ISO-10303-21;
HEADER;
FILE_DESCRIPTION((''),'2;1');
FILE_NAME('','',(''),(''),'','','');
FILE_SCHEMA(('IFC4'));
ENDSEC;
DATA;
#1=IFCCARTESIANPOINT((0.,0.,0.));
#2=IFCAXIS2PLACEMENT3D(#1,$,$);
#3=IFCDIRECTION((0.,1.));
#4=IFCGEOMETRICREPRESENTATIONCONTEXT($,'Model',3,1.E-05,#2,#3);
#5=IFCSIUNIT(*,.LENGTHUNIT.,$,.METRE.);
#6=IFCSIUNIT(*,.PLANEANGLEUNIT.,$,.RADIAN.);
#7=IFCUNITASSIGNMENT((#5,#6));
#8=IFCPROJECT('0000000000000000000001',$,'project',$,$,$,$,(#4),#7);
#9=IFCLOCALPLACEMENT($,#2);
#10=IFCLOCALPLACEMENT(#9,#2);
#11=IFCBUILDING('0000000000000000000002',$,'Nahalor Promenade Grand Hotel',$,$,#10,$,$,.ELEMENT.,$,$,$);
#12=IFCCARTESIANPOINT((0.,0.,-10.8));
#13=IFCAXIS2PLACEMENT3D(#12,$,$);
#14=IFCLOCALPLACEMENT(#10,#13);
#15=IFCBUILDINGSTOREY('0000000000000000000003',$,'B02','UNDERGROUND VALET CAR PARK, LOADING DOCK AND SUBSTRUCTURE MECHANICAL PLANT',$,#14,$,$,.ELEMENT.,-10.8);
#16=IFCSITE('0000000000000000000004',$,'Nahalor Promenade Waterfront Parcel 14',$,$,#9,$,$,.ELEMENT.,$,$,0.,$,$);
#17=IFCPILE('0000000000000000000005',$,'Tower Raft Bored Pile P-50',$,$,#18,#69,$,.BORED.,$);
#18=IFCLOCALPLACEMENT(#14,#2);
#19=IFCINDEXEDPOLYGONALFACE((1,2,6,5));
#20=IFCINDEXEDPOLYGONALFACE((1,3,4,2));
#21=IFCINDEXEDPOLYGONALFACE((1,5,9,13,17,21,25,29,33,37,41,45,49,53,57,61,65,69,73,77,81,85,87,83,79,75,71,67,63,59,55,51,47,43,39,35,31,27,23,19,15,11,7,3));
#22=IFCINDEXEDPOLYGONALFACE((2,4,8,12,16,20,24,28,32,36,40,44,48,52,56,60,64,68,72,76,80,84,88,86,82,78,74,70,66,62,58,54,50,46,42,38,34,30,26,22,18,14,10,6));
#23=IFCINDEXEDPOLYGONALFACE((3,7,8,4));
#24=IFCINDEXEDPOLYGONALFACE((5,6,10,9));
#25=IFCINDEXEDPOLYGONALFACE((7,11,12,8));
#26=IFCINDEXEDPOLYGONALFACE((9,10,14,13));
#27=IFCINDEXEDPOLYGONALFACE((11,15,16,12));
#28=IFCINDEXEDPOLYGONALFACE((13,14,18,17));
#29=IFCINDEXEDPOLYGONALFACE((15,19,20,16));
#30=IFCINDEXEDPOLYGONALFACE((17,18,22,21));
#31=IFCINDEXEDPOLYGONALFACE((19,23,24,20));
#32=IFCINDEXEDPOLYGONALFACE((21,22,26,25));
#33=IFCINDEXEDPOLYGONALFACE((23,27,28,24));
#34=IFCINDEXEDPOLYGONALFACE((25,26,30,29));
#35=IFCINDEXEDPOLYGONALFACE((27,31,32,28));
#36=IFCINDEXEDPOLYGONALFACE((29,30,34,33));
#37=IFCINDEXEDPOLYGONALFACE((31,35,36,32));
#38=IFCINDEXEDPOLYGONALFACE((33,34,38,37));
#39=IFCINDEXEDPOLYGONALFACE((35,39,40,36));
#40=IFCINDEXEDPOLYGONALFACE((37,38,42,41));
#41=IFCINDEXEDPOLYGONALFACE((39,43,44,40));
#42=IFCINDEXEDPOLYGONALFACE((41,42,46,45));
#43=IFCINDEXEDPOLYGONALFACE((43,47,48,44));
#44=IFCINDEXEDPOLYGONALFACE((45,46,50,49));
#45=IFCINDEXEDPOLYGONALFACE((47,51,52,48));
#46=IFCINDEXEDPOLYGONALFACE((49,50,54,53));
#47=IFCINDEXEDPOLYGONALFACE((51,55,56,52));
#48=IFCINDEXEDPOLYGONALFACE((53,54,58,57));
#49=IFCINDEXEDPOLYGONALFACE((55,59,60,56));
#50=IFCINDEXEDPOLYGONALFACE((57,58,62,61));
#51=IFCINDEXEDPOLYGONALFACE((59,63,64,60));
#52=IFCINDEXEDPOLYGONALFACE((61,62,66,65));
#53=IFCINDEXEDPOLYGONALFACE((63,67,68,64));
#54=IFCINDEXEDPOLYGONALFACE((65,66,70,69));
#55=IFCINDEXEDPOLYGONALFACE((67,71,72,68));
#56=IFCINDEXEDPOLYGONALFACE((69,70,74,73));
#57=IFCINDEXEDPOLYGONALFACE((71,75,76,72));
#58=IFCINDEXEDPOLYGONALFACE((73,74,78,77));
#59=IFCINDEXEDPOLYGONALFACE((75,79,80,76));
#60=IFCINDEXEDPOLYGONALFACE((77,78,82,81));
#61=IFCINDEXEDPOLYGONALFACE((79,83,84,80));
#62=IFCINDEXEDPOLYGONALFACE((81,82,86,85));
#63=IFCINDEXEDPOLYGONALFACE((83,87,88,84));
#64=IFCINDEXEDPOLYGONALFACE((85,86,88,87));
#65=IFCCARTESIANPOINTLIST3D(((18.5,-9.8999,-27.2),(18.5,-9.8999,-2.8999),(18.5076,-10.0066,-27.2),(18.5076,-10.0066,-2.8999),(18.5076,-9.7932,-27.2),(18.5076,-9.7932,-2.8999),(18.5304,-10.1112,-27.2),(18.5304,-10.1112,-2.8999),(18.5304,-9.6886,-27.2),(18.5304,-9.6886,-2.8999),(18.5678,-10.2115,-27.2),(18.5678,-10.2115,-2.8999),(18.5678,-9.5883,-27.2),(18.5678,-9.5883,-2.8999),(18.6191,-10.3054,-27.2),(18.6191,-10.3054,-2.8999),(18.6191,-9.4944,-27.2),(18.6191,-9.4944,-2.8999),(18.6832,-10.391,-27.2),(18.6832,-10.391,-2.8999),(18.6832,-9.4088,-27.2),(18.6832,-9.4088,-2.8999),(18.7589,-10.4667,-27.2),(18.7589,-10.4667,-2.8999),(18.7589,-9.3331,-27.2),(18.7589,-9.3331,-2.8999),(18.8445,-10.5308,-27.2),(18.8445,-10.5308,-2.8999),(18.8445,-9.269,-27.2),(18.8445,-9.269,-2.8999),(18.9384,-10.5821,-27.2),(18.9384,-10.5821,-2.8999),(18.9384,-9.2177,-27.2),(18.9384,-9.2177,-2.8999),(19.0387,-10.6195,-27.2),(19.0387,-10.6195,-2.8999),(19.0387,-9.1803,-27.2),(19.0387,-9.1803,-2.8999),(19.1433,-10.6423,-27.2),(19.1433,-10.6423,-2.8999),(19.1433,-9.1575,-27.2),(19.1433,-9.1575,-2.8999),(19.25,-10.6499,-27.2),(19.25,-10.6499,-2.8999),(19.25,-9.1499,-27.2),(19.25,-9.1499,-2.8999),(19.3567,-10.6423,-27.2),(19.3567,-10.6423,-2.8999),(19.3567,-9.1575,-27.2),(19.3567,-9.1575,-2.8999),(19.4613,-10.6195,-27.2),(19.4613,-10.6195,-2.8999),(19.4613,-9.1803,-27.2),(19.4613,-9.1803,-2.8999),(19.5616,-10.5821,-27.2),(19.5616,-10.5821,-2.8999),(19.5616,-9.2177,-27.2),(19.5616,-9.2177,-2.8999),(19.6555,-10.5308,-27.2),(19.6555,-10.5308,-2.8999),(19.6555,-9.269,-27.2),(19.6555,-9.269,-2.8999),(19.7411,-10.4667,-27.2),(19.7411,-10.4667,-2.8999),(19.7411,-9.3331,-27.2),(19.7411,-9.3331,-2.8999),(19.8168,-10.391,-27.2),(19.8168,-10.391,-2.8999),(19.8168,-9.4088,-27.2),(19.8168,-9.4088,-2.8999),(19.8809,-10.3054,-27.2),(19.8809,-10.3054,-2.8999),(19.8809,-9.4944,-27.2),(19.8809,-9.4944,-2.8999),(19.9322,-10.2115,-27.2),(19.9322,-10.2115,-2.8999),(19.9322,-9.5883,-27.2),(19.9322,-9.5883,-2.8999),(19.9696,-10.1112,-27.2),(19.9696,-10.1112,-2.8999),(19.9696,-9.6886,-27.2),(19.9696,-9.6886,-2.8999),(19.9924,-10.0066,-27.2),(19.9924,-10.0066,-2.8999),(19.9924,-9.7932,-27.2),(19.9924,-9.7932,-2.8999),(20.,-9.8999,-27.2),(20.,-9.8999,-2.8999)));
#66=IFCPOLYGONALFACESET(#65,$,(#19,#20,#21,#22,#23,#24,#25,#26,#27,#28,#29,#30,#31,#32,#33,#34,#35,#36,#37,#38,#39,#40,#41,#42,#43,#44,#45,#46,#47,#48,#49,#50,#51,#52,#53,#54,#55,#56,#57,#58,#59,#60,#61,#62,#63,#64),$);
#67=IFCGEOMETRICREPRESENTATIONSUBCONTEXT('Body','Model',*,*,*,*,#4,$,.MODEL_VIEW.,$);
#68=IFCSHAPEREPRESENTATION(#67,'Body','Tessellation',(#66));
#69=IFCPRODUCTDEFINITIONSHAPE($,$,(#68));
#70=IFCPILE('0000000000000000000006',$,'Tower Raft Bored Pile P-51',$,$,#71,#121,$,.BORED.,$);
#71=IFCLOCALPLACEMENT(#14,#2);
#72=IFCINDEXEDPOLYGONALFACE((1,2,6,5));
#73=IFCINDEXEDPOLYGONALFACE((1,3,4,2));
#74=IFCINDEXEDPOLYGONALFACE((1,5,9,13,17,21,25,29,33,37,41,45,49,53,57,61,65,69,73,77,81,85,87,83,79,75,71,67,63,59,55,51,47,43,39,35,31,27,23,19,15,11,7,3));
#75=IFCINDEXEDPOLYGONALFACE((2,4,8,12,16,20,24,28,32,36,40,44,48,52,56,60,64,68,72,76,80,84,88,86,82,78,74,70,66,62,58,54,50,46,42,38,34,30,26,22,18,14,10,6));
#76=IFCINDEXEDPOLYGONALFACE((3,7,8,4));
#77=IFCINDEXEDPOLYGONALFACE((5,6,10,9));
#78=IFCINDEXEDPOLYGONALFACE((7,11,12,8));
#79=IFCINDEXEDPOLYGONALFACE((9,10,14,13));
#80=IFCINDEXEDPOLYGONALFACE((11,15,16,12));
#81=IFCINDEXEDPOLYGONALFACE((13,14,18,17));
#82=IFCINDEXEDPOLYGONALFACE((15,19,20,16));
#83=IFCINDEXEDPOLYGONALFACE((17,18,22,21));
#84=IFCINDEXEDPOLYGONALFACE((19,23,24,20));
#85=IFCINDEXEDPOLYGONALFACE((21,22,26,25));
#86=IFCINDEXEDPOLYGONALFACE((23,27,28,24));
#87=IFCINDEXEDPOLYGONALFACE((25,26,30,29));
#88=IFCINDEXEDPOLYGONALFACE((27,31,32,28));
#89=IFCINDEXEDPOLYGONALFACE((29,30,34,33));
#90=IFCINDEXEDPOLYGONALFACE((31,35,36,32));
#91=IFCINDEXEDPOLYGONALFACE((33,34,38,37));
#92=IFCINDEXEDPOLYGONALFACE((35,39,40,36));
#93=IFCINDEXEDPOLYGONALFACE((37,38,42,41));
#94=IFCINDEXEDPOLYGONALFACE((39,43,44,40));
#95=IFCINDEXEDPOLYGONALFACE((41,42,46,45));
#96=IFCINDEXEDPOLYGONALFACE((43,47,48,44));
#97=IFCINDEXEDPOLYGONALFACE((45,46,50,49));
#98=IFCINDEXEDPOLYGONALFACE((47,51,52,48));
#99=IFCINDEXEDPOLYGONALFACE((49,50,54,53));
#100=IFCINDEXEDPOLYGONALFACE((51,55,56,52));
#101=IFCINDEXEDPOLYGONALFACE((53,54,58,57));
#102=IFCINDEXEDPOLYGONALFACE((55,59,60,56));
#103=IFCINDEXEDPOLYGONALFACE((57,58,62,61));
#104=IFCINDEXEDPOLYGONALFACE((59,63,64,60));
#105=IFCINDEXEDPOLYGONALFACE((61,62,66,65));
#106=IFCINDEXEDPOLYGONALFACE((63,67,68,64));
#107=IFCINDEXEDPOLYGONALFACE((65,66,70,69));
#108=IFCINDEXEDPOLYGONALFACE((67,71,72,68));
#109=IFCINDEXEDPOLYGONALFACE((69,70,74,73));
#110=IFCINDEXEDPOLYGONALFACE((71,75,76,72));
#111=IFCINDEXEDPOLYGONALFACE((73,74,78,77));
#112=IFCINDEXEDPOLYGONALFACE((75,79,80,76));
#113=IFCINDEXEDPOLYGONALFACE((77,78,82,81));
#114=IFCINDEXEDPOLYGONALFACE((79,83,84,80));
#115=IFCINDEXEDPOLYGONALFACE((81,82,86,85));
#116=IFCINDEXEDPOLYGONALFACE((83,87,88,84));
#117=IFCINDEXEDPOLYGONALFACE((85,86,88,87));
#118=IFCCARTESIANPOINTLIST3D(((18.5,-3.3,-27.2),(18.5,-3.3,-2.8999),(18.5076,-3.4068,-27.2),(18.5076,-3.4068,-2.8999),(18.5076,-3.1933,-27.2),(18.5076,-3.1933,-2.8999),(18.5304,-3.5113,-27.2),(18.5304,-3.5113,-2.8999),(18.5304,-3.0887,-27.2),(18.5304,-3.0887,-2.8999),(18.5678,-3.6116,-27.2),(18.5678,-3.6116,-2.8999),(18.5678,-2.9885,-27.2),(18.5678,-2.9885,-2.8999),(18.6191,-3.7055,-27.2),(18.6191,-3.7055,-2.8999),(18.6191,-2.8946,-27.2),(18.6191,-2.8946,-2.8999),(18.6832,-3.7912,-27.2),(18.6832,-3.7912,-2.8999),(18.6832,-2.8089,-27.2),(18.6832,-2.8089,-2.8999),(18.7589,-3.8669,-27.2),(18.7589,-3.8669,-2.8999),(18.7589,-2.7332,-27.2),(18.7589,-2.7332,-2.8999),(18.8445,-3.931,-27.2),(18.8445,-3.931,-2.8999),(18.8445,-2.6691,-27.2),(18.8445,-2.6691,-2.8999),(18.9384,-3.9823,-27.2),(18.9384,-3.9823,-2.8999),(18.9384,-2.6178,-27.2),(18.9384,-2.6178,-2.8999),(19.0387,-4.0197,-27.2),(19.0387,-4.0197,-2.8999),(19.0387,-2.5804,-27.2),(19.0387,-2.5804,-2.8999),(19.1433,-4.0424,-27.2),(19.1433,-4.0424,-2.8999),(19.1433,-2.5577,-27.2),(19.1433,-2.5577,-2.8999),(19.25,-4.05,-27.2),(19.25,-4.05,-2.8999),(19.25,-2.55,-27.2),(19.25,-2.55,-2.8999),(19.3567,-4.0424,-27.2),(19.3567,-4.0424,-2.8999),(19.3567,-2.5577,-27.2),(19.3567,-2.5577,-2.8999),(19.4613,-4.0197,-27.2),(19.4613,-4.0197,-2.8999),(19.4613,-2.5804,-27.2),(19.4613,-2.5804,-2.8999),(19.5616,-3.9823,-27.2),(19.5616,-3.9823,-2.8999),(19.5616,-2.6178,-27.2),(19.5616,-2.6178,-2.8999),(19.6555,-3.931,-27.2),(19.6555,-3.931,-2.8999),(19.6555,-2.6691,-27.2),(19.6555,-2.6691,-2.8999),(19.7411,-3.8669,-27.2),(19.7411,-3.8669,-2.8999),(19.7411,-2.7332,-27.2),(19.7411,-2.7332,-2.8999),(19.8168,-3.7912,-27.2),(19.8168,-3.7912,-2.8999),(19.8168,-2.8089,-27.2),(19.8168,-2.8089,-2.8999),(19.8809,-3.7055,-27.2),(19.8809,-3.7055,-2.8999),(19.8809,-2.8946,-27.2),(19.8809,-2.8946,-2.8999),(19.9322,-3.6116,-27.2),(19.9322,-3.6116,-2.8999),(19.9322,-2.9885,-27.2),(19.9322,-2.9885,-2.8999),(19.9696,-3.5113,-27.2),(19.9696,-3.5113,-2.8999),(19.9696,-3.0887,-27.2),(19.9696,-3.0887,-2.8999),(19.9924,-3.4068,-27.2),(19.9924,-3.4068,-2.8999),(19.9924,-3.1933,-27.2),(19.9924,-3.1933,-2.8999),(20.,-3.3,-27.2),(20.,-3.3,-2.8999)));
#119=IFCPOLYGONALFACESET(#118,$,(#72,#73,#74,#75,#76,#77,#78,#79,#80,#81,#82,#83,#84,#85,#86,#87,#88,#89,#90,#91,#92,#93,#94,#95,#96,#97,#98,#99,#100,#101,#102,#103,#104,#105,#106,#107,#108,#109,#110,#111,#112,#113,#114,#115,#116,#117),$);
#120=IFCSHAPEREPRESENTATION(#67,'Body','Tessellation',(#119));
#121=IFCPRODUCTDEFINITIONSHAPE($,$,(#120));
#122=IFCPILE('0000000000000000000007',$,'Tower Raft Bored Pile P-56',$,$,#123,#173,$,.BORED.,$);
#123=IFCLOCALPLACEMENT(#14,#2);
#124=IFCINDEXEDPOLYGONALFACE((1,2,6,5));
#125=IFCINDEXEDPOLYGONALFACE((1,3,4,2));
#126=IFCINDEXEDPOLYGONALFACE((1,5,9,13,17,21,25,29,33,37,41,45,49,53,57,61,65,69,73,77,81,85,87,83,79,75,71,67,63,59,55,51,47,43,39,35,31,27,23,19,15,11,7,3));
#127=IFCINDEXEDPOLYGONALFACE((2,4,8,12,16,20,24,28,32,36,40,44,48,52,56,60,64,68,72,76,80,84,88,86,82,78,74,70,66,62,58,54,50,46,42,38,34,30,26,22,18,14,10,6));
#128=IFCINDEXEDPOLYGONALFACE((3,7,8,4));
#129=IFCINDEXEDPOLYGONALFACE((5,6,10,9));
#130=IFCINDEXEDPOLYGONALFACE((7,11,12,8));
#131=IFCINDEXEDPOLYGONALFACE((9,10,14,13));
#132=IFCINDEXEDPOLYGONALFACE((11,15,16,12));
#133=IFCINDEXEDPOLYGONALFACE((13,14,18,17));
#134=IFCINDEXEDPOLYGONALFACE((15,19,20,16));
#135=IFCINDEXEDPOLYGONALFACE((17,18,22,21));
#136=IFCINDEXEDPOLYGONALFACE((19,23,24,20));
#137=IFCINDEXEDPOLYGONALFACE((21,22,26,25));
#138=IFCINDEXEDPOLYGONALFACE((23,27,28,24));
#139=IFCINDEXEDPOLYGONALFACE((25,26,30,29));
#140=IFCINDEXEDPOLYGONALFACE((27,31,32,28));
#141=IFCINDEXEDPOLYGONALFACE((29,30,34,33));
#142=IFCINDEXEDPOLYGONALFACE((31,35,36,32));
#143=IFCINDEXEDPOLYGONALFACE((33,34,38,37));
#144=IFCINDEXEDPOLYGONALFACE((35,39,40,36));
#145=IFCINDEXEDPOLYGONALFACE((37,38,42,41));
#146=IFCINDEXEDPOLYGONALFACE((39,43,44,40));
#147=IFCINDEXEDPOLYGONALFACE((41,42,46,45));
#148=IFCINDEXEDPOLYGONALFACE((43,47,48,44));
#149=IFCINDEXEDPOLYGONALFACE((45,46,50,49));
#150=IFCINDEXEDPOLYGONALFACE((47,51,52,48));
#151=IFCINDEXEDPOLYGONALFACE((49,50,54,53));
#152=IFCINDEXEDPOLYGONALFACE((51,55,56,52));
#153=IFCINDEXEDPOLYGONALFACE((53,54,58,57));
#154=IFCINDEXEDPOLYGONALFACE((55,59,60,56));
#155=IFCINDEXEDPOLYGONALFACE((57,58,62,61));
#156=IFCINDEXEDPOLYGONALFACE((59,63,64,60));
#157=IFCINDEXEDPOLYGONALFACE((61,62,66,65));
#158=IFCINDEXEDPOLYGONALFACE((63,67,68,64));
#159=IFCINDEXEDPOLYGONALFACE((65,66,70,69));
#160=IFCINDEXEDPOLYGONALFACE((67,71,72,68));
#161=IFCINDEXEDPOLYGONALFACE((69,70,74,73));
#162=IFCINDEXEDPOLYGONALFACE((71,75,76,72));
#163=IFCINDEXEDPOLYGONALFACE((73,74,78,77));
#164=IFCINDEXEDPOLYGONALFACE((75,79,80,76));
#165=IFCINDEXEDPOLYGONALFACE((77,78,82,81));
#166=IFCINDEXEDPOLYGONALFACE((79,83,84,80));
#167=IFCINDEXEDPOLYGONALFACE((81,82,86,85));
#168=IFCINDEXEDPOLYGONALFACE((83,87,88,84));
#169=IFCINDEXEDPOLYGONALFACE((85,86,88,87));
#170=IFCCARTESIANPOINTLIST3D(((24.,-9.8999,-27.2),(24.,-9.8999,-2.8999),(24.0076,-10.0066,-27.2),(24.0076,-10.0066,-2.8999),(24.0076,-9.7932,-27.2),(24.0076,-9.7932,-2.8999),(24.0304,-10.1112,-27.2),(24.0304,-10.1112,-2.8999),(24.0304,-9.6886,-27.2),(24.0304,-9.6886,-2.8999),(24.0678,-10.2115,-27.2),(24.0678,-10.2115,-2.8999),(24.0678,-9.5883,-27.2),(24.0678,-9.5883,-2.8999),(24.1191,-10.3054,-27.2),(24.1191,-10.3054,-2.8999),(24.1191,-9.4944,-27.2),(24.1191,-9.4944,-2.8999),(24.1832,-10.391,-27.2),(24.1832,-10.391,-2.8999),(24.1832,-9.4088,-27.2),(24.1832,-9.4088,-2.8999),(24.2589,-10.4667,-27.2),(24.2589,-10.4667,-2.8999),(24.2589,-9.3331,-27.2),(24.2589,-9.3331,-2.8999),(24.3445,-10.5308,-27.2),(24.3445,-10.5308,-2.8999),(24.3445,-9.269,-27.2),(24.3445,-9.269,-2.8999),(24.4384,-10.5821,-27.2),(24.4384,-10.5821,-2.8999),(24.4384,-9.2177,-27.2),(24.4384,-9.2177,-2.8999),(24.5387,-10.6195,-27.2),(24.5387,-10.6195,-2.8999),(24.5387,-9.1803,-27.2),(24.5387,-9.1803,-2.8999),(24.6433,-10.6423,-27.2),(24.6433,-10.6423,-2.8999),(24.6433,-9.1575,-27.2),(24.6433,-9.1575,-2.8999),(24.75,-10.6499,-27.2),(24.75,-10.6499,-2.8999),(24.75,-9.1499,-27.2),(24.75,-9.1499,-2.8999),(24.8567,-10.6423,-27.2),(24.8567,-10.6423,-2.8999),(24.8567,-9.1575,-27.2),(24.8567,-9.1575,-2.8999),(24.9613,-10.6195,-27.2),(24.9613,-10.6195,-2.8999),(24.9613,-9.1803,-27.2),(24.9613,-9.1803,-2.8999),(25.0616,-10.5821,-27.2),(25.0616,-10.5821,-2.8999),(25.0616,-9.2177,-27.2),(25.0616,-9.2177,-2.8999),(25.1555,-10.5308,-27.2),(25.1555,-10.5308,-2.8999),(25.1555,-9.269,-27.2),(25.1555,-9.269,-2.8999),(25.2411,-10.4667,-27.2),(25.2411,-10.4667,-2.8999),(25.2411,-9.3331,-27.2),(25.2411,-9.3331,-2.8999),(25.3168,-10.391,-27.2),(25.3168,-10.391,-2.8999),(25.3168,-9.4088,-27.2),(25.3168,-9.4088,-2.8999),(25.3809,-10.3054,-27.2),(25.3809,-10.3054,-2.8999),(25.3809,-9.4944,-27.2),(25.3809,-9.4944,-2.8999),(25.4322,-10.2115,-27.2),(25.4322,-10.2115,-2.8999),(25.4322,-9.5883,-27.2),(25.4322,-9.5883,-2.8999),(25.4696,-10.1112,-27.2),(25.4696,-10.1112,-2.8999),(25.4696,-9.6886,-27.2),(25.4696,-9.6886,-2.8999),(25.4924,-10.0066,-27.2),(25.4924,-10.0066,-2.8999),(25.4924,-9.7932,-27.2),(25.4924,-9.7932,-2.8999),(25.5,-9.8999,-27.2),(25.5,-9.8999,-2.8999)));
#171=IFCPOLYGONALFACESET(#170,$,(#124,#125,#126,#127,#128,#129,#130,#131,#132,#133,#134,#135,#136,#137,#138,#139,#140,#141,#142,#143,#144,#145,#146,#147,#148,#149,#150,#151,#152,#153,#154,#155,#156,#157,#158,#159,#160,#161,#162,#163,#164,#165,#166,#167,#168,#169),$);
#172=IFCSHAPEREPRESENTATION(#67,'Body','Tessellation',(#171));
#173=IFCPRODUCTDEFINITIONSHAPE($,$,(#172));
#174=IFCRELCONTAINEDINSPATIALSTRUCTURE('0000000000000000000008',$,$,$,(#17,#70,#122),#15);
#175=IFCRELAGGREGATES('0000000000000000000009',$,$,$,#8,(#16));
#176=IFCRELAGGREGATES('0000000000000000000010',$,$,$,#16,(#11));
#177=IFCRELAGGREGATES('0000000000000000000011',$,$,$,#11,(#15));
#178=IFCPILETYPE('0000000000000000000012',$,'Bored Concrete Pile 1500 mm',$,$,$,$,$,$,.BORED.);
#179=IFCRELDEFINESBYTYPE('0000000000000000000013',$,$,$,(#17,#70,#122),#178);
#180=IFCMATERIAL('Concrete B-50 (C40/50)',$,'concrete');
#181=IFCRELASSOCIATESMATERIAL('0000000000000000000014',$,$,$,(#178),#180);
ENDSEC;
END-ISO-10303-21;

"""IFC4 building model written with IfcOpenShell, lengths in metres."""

from ifc_helpers import new_model, si_unit, direction, frame, origin, origin_2d, place, context, subcontext, project, spatial, circle, extrude, source, transform, mapped, material, material_profile, profile_set, type_object, element, save


model = new_model("IFC4")

# Units and contexts
model_context = context("Model", 3, precision=1e-05, world=origin(), true_north=direction((0.0, 1.0)))
body_context = subcontext(model_context, "Body", "Model", "MODEL_VIEW")
ifc_project = project(units=[si_unit("LENGTHUNIT", "METRE"), si_unit("PLANEANGLEUNIT", "RADIAN")], contexts=[model_context])

# Site, building, storey
site_placement = place(None, origin())
site = spatial("IfcSite", under=ifc_project, at=site_placement, Name="Nahalor Promenade Waterfront Parcel 14", CompositionType="ELEMENT", RefElevation=0.0)
building_placement = place(site_placement, origin())
building = spatial("IfcBuilding", under=site, at=building_placement, Name="Nahalor Promenade Grand Hotel", CompositionType="ELEMENT")
storey_placement = place(building_placement, frame((0.0, 0.0, -10.8)))
storey = spatial("IfcBuildingStorey", under=building, at=storey_placement, Name="B02", Description="UNDERGROUND VALET CAR PARK, LOADING DOCK AND SUBSTRUCTURE MECHANICAL PLANT", CompositionType="ELEMENT", Elevation=-10.8)

# Piles
ifc_material_1 = material(Name="Concrete B-50 (C40/50)", Category="concrete")
ifc_material_profile_1 = material_profile(ifc_material_1, circle(Radius=0.75, at=origin_2d()), Name="PILE D1500")
ifc_profile_set_1 = profile_set([ifc_material_profile_1], Name="Concrete B-50 (C40/50)")
pile_type_1 = type_object("IfcPileType", Name="Bored Concrete Pile 1500 mm", PredefinedType="BORED", material=ifc_profile_set_1)
shared_shape_1 = source(origin(), body_context, "Body", "SweptSolid", [
    extrude(circle(Radius=0.75, at=origin_2d()), origin(), (0.0, 0.0, 1.0), 24.3),
])
for number, where, z_axis, x_axis, name in (
    (1, (19.25, -9.8999, -2.8999), (0.0, 0.0, -1.0), (1.0, 0.0, 0.0), "Tower Raft Bored Pile P-50"),
    (2, (19.25, -3.3, -2.8999), (0.0, 0.0, -1.0), (1.0, 0.0, 0.0), "Tower Raft Bored Pile P-51"),
    (3, (24.75, -9.8999, -2.8999), (0.0, 0.0, -1.0), (1.0, 0.0, 0.0), "Tower Raft Bored Pile P-56"),
):
    element("IfcPile", number, at=place(storey_placement, frame(where, z_axis=z_axis, x_axis=x_axis)), inside=storey, type_object=pile_type_1, Name=name, PredefinedType="BORED", context=body_context, shape_type="MappedRepresentation", body=[
        mapped(shared_shape_1, transform((0.0, 0.0, 0.0), scale=1.0)),
    ])

save(model, "model.ifc")
